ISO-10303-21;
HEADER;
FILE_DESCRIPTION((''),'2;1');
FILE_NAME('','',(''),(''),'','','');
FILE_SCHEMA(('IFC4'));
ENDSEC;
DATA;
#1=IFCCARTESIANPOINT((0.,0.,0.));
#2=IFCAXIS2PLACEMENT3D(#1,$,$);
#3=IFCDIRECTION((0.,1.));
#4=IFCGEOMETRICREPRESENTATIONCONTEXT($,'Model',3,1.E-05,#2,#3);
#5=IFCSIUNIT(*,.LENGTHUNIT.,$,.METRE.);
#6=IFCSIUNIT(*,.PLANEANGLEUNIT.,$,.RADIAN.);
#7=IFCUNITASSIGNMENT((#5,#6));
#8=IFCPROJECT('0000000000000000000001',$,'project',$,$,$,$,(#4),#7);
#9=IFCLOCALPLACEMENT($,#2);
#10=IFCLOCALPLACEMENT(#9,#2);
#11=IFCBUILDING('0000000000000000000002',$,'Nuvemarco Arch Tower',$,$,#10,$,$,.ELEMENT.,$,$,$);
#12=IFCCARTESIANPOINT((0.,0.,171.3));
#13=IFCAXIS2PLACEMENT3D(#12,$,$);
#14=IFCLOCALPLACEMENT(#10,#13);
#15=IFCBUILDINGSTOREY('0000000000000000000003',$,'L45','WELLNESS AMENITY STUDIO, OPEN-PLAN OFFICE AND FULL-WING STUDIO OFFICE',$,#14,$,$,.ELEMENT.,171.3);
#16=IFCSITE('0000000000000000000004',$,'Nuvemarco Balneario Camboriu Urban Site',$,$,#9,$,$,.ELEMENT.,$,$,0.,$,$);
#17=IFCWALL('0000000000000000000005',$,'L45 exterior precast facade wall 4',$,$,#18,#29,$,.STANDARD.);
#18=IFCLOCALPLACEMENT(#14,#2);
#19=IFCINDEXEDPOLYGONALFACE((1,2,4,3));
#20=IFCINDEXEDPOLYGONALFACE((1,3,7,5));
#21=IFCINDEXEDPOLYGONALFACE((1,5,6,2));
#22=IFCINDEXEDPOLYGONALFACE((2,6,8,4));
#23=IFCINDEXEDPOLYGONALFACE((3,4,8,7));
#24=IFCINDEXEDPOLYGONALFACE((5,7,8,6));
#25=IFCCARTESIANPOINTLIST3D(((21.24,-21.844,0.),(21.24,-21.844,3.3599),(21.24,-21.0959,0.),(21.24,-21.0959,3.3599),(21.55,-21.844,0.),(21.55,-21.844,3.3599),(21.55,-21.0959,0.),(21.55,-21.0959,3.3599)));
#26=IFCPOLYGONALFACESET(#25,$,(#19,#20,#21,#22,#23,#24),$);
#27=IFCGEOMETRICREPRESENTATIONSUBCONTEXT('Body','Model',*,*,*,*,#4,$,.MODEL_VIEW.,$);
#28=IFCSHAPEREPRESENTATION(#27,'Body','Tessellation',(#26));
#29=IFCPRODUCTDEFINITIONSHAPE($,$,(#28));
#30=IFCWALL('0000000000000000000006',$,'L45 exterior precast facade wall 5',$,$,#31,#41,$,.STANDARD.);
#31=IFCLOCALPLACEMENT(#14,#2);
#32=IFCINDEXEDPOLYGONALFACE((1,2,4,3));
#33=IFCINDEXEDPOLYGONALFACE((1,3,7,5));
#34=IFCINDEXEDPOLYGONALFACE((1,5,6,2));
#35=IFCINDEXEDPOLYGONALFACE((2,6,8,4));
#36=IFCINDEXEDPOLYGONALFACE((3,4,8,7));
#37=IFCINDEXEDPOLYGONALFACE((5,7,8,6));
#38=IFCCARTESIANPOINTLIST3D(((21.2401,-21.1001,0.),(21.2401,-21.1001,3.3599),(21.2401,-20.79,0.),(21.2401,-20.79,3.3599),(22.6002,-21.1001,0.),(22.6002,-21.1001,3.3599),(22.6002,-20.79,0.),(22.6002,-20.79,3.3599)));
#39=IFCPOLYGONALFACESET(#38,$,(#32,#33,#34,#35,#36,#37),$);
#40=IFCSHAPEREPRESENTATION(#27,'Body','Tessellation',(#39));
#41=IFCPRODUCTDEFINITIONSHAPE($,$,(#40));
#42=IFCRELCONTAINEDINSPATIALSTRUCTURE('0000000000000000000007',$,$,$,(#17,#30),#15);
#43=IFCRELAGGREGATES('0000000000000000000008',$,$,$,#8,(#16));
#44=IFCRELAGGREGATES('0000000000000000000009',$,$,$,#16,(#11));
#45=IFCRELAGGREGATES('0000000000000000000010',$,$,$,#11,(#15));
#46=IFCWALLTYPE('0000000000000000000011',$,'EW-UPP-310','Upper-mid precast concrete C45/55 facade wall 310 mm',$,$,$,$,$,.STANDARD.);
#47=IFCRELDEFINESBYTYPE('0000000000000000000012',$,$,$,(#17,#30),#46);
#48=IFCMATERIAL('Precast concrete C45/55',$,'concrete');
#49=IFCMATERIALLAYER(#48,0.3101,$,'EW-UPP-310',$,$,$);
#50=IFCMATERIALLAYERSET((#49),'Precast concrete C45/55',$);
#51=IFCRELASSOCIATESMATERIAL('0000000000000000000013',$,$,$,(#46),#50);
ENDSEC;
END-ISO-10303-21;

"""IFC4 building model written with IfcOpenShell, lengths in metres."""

from ifc_helpers import new_model, si_unit, direction, frame, frame_2d, origin, place, context, subcontext, project, spatial, rectangle, extrude, material, layer, layer_set, type_object, element, save


model = new_model("IFC4")

# Units and contexts
model_context = context("Model", 3, precision=1e-05, world=origin(), true_north=direction((0.0, 1.0)))
body_context = subcontext(model_context, "Body", "Model", "MODEL_VIEW")
ifc_project = project(units=[si_unit("LENGTHUNIT", "METRE"), si_unit("PLANEANGLEUNIT", "RADIAN")], contexts=[model_context])

# Site, building, storey
site_placement = place(None, origin())
site = spatial("IfcSite", under=ifc_project, at=site_placement, Name="Nuvemarco Balneario Camboriu Urban Site", CompositionType="ELEMENT", RefElevation=0.0)
building_placement = place(site_placement, origin())
building = spatial("IfcBuilding", under=site, at=building_placement, Name="Nuvemarco Arch Tower", CompositionType="ELEMENT")
storey_placement = place(building_placement, frame((0.0, 0.0, 171.3)))
storey = spatial("IfcBuildingStorey", under=building, at=storey_placement, Name="L45", Description="WELLNESS AMENITY STUDIO, OPEN-PLAN OFFICE AND FULL-WING STUDIO OFFICE", CompositionType="ELEMENT", Elevation=171.3)

# Shared definitions
ifc_material_1 = material(Name="Precast concrete C45/55", Category="concrete")

# Walls
ifc_layer_1 = layer(ifc_material_1, 0.3101, Name="EW-UPP-310")
ifc_layer_set_1 = layer_set([ifc_layer_1], Name="Precast concrete C45/55")
wall_type_1 = type_object("IfcWallType", Name="EW-UPP-310", Description="Upper-mid precast concrete C45/55 facade wall 310 mm", PredefinedType="STANDARD", material=ifc_layer_set_1)
wall_1_placement = place(storey_placement, frame((21.395, -21.844, 0.0), z_axis=(0.0, 0.0, 1.0), x_axis=(0.0, 1.0, 0.0)))
element("IfcWall", 1, at=wall_1_placement, inside=storey, type_object=wall_type_1, Name="L45 exterior precast facade wall 4", PredefinedType="STANDARD", context=body_context, shape_type="SweptSolid", body=[
    extrude(rectangle(XDim=0.748, YDim=0.3101, at=frame_2d((0.374, 0.0))), origin(), (0.0, 0.0, 1.0), 3.3599),
])
wall_2_placement = place(storey_placement, frame((21.24, -20.9451, 0.0), z_axis=(0.0, 0.0, 1.0), x_axis=(1.0, 0.0, 0.0)))
element("IfcWall", 2, at=wall_2_placement, inside=storey, type_object=wall_type_1, Name="L45 exterior precast facade wall 5", PredefinedType="STANDARD", context=body_context, shape_type="SweptSolid", body=[
    extrude(rectangle(XDim=1.3601, YDim=0.3101, at=frame_2d((0.6802, 0.0))), origin(), (0.0, 0.0, 1.0), 3.3599),
])

save(model, "model.ifc")
